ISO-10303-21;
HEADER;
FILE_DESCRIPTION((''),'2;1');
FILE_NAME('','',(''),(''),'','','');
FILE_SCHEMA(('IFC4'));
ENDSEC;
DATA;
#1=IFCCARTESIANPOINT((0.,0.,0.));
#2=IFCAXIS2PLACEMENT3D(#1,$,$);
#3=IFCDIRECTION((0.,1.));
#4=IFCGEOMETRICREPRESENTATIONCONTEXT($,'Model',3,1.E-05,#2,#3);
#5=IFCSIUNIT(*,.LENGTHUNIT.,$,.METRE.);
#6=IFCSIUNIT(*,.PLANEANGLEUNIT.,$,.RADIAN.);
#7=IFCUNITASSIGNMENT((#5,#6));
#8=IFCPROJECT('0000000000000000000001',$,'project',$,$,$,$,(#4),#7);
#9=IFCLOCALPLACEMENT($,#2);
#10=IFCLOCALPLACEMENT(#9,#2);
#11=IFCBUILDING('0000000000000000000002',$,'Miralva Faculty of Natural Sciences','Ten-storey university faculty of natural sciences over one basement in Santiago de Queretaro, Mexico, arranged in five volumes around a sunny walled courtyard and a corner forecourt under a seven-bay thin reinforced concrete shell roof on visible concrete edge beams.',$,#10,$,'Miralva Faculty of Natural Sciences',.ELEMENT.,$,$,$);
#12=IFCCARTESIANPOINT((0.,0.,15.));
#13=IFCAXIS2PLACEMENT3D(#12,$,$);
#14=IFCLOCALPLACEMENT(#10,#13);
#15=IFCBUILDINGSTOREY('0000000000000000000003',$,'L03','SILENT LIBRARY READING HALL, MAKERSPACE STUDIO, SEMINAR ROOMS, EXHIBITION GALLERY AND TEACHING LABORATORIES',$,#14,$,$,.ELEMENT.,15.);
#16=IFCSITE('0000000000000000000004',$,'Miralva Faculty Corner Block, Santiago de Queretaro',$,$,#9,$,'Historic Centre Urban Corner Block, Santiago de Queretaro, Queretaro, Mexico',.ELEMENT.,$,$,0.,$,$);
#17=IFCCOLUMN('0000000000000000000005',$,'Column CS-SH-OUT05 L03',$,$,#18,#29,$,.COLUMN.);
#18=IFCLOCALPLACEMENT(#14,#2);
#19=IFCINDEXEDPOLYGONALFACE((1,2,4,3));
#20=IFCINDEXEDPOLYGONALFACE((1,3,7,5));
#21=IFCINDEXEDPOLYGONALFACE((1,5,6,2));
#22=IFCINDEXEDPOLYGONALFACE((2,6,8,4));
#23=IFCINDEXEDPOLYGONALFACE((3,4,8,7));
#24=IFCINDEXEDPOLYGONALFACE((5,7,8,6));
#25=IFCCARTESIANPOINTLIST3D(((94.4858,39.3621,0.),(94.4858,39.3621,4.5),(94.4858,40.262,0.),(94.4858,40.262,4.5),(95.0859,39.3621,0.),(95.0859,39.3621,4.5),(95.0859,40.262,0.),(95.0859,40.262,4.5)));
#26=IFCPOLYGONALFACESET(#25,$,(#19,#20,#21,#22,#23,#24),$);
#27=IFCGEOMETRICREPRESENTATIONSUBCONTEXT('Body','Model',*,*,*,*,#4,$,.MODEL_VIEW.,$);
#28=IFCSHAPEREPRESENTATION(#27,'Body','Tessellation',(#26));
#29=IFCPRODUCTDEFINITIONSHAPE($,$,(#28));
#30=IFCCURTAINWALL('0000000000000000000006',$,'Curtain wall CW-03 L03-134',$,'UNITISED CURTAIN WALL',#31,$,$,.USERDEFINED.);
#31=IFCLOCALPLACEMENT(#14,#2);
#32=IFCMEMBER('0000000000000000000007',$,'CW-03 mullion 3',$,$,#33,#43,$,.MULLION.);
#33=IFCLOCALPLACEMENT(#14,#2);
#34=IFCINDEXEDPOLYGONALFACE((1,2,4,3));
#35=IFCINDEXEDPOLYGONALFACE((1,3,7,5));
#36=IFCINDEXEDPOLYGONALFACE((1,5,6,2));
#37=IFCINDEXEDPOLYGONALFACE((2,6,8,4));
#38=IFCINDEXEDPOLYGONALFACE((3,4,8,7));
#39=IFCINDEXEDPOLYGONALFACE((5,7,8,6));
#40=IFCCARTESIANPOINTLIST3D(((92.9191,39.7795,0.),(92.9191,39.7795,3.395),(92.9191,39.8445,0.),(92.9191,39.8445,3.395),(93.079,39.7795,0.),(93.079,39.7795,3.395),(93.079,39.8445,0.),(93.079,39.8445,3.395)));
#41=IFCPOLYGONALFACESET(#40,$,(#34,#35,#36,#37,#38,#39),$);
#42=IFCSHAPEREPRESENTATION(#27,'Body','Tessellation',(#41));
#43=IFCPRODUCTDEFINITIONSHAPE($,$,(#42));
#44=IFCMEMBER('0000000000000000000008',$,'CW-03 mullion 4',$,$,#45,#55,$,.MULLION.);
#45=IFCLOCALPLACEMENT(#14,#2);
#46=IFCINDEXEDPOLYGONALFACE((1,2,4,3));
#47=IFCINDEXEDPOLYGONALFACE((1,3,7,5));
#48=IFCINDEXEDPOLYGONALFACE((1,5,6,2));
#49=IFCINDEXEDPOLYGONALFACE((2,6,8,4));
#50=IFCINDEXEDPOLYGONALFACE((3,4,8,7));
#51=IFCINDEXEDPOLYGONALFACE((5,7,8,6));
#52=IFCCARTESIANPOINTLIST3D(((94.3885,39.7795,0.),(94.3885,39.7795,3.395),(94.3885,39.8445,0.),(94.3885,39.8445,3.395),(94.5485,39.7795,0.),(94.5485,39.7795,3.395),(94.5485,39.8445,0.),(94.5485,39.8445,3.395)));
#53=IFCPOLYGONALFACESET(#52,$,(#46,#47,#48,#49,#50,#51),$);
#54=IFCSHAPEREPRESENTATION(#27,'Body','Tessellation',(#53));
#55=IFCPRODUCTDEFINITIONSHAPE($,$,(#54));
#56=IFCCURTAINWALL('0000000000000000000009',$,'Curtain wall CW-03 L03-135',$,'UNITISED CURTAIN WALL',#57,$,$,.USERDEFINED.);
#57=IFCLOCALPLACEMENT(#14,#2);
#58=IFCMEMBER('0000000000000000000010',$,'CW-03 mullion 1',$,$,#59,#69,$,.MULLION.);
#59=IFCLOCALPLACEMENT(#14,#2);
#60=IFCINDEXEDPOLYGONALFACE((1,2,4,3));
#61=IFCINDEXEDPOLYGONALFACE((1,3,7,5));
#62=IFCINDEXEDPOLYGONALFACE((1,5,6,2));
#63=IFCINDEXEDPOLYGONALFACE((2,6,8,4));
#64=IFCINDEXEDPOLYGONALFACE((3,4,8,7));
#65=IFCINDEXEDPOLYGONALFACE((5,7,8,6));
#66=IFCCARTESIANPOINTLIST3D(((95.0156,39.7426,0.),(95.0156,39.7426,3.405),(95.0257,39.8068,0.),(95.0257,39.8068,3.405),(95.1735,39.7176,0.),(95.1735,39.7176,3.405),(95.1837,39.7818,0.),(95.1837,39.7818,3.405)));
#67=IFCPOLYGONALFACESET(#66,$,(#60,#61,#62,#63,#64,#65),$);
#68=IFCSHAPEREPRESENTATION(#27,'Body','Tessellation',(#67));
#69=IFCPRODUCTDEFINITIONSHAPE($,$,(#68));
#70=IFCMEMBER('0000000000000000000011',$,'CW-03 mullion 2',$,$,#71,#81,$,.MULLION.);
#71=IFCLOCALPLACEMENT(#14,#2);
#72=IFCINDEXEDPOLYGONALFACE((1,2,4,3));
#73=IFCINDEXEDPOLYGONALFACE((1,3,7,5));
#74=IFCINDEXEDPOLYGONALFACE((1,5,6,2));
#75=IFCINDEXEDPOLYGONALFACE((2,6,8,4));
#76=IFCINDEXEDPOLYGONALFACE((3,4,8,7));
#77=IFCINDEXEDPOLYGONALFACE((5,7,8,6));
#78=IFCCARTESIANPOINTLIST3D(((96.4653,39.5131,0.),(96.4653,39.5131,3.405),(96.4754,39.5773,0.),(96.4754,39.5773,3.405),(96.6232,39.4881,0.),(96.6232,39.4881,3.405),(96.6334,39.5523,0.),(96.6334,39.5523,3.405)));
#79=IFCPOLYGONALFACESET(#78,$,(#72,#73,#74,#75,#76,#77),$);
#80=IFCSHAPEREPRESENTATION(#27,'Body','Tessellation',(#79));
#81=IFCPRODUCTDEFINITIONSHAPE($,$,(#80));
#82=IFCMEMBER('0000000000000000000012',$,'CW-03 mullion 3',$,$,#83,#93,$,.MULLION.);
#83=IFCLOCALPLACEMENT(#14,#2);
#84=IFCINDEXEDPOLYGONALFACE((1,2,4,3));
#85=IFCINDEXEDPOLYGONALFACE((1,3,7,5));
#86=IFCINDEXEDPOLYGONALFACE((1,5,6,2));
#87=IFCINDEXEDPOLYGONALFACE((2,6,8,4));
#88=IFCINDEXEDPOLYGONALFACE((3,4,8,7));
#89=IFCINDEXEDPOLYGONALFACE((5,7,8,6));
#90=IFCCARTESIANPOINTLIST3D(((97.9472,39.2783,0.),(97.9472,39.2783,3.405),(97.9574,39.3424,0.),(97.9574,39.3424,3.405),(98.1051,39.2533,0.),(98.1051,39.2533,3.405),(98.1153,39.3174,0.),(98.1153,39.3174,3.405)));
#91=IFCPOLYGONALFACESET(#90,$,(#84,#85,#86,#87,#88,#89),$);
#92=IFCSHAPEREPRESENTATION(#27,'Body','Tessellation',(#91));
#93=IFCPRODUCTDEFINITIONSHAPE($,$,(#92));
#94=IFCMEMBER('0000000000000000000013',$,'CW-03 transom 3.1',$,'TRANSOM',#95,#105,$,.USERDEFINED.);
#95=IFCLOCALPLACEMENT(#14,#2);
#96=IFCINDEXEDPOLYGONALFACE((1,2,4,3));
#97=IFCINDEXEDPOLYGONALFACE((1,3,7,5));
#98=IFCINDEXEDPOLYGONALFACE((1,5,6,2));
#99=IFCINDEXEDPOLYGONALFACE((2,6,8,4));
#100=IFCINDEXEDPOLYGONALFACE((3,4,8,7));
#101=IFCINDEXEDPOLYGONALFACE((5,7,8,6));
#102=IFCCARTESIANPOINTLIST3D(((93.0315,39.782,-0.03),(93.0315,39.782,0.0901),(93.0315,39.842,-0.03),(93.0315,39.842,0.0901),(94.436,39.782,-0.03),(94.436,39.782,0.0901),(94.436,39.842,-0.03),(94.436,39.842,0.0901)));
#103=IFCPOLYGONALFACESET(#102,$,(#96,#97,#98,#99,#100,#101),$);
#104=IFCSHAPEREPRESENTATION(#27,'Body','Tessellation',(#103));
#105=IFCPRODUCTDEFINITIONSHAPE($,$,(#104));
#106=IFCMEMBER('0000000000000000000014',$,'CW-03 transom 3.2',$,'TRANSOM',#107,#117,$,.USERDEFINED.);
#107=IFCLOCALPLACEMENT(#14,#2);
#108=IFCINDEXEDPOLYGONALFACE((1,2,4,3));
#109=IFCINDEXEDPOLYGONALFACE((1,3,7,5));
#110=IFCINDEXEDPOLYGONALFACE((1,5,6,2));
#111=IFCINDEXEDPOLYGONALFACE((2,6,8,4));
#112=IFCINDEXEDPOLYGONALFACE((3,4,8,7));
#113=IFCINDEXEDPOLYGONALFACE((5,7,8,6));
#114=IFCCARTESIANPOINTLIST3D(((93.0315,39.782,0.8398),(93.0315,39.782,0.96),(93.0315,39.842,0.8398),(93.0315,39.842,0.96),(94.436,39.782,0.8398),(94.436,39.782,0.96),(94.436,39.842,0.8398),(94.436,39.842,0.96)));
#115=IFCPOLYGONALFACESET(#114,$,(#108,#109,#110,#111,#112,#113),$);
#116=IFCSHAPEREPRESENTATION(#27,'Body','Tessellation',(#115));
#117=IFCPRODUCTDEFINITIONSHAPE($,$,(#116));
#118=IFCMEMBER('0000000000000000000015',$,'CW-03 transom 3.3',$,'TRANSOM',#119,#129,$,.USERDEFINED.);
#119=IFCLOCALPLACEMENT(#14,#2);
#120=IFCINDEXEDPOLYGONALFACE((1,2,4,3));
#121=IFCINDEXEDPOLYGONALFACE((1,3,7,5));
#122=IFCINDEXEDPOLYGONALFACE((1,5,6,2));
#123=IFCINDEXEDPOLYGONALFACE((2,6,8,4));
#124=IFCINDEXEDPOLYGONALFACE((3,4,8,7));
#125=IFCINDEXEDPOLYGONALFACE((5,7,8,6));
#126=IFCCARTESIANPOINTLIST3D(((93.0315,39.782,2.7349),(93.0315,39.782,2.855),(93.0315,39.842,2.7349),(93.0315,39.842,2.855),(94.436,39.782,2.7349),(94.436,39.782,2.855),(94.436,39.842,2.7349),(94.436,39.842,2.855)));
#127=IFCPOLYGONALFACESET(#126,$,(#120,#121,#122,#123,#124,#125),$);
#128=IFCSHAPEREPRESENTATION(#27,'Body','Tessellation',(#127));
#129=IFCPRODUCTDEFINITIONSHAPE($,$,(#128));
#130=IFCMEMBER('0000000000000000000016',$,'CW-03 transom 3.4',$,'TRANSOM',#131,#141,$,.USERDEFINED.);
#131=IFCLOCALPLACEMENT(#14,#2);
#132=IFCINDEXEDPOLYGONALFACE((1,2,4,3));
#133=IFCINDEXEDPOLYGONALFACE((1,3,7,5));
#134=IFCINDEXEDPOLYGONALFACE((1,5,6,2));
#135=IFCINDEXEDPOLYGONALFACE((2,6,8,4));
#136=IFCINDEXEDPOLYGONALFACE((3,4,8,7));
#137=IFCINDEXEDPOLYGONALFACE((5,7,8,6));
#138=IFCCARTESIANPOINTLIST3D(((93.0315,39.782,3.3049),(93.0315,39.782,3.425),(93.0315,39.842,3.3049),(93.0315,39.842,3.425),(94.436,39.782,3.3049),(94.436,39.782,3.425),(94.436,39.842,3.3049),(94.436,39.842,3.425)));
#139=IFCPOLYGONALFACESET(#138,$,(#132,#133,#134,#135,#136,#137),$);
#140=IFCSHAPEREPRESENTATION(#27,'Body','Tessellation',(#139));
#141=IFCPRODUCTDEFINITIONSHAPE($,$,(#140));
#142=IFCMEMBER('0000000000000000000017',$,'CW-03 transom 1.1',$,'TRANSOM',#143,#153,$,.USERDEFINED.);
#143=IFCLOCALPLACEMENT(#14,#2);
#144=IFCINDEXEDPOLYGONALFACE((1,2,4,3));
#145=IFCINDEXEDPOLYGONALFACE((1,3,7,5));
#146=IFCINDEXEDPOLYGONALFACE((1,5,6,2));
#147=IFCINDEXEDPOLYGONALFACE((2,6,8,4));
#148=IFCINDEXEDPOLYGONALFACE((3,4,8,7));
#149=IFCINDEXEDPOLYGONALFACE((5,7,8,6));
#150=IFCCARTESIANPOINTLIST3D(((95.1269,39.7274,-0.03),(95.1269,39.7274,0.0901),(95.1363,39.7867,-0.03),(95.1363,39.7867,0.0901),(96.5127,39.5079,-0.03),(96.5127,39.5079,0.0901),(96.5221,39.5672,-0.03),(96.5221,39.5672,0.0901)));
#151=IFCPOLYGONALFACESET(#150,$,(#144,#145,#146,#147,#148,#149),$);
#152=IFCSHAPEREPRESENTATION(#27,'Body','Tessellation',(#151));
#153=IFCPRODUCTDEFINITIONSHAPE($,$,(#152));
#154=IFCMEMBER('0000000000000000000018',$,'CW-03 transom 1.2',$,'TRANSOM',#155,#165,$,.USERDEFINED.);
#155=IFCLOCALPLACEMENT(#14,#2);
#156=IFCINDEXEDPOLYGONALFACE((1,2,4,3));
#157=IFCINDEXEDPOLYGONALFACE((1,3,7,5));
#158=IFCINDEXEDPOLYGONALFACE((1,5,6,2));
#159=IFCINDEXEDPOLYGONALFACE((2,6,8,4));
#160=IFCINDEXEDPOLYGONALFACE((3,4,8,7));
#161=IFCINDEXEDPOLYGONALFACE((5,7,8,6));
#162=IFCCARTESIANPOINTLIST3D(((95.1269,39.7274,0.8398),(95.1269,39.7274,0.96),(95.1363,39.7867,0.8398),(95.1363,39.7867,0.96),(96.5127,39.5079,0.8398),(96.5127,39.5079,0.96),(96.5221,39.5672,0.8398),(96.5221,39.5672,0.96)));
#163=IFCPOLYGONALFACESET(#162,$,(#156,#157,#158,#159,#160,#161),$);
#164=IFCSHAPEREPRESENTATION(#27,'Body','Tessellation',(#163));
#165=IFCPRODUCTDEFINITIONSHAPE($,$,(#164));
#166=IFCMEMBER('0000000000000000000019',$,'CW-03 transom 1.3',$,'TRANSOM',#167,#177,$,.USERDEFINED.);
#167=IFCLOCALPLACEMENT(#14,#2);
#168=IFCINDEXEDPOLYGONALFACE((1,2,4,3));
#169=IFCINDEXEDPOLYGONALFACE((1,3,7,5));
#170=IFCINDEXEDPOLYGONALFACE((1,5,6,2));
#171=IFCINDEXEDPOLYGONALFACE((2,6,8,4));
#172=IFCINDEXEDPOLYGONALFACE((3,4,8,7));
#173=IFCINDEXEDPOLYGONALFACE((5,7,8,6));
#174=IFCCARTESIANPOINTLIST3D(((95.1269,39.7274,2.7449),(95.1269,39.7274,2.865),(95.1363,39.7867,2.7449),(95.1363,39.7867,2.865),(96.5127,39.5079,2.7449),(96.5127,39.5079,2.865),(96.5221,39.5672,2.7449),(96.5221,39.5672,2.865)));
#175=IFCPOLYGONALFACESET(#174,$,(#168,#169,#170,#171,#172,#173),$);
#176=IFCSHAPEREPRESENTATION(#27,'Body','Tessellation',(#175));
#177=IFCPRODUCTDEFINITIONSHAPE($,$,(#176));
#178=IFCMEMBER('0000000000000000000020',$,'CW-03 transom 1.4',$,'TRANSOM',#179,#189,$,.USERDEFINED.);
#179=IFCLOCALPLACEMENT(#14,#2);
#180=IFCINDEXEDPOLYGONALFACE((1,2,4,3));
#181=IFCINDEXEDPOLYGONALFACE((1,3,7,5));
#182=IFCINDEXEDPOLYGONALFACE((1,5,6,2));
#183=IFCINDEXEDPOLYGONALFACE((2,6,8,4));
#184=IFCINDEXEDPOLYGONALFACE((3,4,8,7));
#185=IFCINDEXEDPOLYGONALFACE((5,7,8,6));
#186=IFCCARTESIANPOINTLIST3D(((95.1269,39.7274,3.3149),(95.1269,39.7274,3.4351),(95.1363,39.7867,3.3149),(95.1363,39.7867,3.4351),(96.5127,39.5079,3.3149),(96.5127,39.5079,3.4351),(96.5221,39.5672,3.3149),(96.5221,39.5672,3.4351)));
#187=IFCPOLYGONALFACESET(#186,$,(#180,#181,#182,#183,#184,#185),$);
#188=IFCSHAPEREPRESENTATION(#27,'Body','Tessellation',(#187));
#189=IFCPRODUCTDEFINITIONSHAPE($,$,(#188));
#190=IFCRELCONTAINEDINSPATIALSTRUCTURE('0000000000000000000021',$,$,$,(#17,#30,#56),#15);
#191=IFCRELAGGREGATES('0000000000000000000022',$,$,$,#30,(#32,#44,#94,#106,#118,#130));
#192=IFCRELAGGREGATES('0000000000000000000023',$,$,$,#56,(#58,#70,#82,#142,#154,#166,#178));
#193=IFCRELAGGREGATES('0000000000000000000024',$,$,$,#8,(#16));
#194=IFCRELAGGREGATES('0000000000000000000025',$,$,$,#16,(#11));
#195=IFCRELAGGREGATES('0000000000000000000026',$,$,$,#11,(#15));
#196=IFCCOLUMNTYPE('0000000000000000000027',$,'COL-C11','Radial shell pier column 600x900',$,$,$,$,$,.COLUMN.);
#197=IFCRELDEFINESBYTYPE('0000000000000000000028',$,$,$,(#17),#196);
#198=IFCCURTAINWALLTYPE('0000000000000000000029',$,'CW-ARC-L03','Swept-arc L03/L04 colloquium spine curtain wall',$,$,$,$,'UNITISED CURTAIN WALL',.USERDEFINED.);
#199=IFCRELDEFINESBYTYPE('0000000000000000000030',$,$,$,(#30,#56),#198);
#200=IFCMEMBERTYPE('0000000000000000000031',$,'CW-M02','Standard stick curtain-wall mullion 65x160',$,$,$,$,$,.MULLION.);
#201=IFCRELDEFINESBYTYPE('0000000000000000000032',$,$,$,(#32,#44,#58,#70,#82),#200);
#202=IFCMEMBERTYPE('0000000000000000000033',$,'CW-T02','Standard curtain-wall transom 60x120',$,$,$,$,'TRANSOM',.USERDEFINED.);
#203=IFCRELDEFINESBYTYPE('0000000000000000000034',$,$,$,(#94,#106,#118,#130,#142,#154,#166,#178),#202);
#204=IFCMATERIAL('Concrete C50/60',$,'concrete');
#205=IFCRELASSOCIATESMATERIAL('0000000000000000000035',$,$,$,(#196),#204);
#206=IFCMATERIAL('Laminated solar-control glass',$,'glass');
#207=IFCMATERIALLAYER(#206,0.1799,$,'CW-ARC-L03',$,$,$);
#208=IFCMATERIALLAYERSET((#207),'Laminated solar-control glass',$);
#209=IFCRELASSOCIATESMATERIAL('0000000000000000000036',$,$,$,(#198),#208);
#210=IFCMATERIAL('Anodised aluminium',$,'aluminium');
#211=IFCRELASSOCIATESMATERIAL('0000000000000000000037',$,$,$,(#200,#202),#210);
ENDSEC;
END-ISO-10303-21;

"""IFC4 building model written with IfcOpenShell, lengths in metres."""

from ifc_helpers import new_model, si_unit, direction, frame, origin, origin_2d, place, context, subcontext, project, spatial, rectangle, extrude, material, layer, layer_set, material_profile, profile_set, type_object, element, aggregate, save


model = new_model("IFC4")

# Units and contexts
model_context = context("Model", 3, precision=1e-05, world=origin(), true_north=direction((0.0, 1.0)))
body_context = subcontext(model_context, "Body", "Model", "MODEL_VIEW")
ifc_project = project(units=[si_unit("LENGTHUNIT", "METRE"), si_unit("PLANEANGLEUNIT", "RADIAN")], contexts=[model_context])

# Site, building, storey
site_placement = place(None, origin())
site = spatial("IfcSite", under=ifc_project, at=site_placement, Name="Miralva Faculty Corner Block, Santiago de Queretaro", LongName="Historic Centre Urban Corner Block, Santiago de Queretaro, Queretaro, Mexico", CompositionType="ELEMENT", RefElevation=0.0)
building_placement = place(site_placement, origin())
building = spatial("IfcBuilding", under=site, at=building_placement, Name="Miralva Faculty of Natural Sciences", Description="Ten-storey university faculty of natural sciences over one basement in Santiago de Queretaro, Mexico, arranged in five volumes around a sunny walled courtyard and a corner forecourt under a seven-bay thin reinforced concrete shell roof on visible concrete edge beams.", LongName="Miralva Faculty of Natural Sciences", CompositionType="ELEMENT")
storey_placement = place(building_placement, frame((0.0, 0.0, 15.0)))
storey = spatial("IfcBuildingStorey", under=building, at=storey_placement, Name="L03", Description="SILENT LIBRARY READING HALL, MAKERSPACE STUDIO, SEMINAR ROOMS, EXHIBITION GALLERY AND TEACHING LABORATORIES", CompositionType="ELEMENT", Elevation=15.0)

# Column
ifc_material_1 = material(Name="Concrete C50/60", Category="concrete")
ifc_material_profile_1 = material_profile(ifc_material_1, rectangle(XDim=0.6001, YDim=0.8999, at=origin_2d()), Name="RC 600x900")
ifc_profile_set_1 = profile_set([ifc_material_profile_1], Name="Concrete C50/60")
column_type = type_object("IfcColumnType", Name="COL-C11", Description="Radial shell pier column 600x900", PredefinedType="COLUMN", material=ifc_profile_set_1)
column_placement = place(storey_placement, frame((94.7859, 39.812, 0.0), z_axis=(0.0, 0.0, 1.0), x_axis=(1.0, 0.0, 0.0)))
element("IfcColumn", 1, at=column_placement, inside=storey, type_object=column_type, Name="Column CS-SH-OUT05 L03", PredefinedType="COLUMN", context=body_context, shape_type="SweptSolid", body=[
    extrude(rectangle(XDim=0.6001, YDim=0.8999, at=origin_2d()), origin(), (0.0, 0.0, 1.0), 4.5),
])

# Curtain walls, members
ifc_material_2 = material(Name="Laminated solar-control glass", Category="glass")
ifc_layer_1 = layer(ifc_material_2, 0.1799, Name="CW-ARC-L03")
ifc_layer_set_1 = layer_set([ifc_layer_1], Name="Laminated solar-control glass")
curtain_wall_type = type_object("IfcCurtainWallType", Name="CW-ARC-L03", Description="Swept-arc L03/L04 colloquium spine curtain wall", ElementType="UNITISED CURTAIN WALL", PredefinedType="USERDEFINED", material=ifc_layer_set_1)
curtain_wall_1_placement = place(storey_placement, origin())
curtain_wall_1 = element("IfcCurtainWall", 2, at=curtain_wall_1_placement, inside=storey, type_object=curtain_wall_type, Name="Curtain wall CW-03 L03-134", ObjectType="UNITISED CURTAIN WALL", PredefinedType="USERDEFINED")
ifc_material_3 = material(Name="Anodised aluminium", Category="aluminium")
ifc_material_profile_2 = material_profile(ifc_material_3, rectangle(XDim=0.0649, YDim=0.1599, at=origin_2d()), Name="MULLION 65x160")
ifc_profile_set_2 = profile_set([ifc_material_profile_2], Name="Anodised aluminium")
member_type_1 = type_object("IfcMemberType", Name="CW-M02", Description="Standard stick curtain-wall mullion 65x160", PredefinedType="MULLION", material=ifc_profile_set_2)
member_1_placement = place(storey_placement, frame((92.999, 39.812, 0.0), z_axis=(0.0, 0.0, 1.0), x_axis=(0.0, 1.0, 0.0)))
member_1 = element("IfcMember", 3, at=member_1_placement, type_object=member_type_1, Name="CW-03 mullion 3", PredefinedType="MULLION", context=body_context, shape_type="SweptSolid", body=[
    extrude(rectangle(XDim=0.0649, YDim=0.1599, at=origin_2d()), origin(), (0.0, 0.0, 1.0), 3.395),
])
member_2_placement = place(storey_placement, frame((94.4685, 39.812, 0.0), z_axis=(0.0, 0.0, 1.0), x_axis=(0.0, 1.0, 0.0)))
member_2 = element("IfcMember", 4, at=member_2_placement, type_object=member_type_1, Name="CW-03 mullion 4", PredefinedType="MULLION", context=body_context, shape_type="SweptSolid", body=[
    extrude(rectangle(XDim=0.0649, YDim=0.1599, at=origin_2d()), origin(), (0.0, 0.0, 1.0), 3.395),
])
curtain_wall_2_placement = place(storey_placement, origin())
curtain_wall_2 = element("IfcCurtainWall", 5, at=curtain_wall_2_placement, inside=storey, type_object=curtain_wall_type, Name="Curtain wall CW-03 L03-135", ObjectType="UNITISED CURTAIN WALL", PredefinedType="USERDEFINED")
member_3_placement = place(storey_placement, frame((95.0996, 39.7622, 0.0), z_axis=(0.0, 0.0, 1.0), x_axis=(0.15641, 0.987692, 0.0)))
member_3 = element("IfcMember", 6, at=member_3_placement, type_object=member_type_1, Name="CW-03 mullion 1", PredefinedType="MULLION", context=body_context, shape_type="SweptSolid", body=[
    extrude(rectangle(XDim=0.0649, YDim=0.1599, at=origin_2d()), origin(), (0.0, 0.0, 1.0), 3.405),
])
member_4_placement = place(storey_placement, frame((96.5493, 39.5327, 0.0), z_axis=(0.0, 0.0, 1.0), x_axis=(0.15641, 0.987692, 0.0)))
member_4 = element("IfcMember", 7, at=member_4_placement, type_object=member_type_1, Name="CW-03 mullion 2", PredefinedType="MULLION", context=body_context, shape_type="SweptSolid", body=[
    extrude(rectangle(XDim=0.0649, YDim=0.1599, at=origin_2d()), origin(), (0.0, 0.0, 1.0), 3.405),
])
member_5_placement = place(storey_placement, frame((98.0312, 39.2979, 0.0), z_axis=(0.0, 0.0, 1.0), x_axis=(0.15641, 0.987692, 0.0)))
member_5 = element("IfcMember", 8, at=member_5_placement, type_object=member_type_1, Name="CW-03 mullion 3", PredefinedType="MULLION", context=body_context, shape_type="SweptSolid", body=[
    extrude(rectangle(XDim=0.0649, YDim=0.1599, at=origin_2d()), origin(), (0.0, 0.0, 1.0), 3.405),
])

# Members
ifc_material_profile_3 = material_profile(ifc_material_3, rectangle(XDim=0.0601, YDim=0.1201, at=origin_2d()), Name="TRANSOM 60x120")
ifc_profile_set_3 = profile_set([ifc_material_profile_3], Name="Anodised aluminium")
member_type_2 = type_object("IfcMemberType", Name="CW-T02", Description="Standard curtain-wall transom 60x120", ElementType="TRANSOM", PredefinedType="USERDEFINED", material=ifc_profile_set_3)
member_6_placement = place(storey_placement, frame((93.0315, 39.812, 0.03), z_axis=(1.0, 0.0, 0.0), x_axis=(0.0, 1.0, 0.0)))
member_6 = element("IfcMember", 9, at=member_6_placement, type_object=member_type_2, Name="CW-03 transom 3.1", ObjectType="TRANSOM", PredefinedType="USERDEFINED", context=body_context, shape_type="SweptSolid", body=[
    extrude(rectangle(XDim=0.0601, YDim=0.1201, at=origin_2d()), origin(), (0.0, 0.0, 1.0), 1.4045),
])
member_7_placement = place(storey_placement, frame((93.0315, 39.812, 0.8999), z_axis=(1.0, 0.0, 0.0), x_axis=(0.0, 1.0, 0.0)))
member_7 = element("IfcMember", 10, at=member_7_placement, type_object=member_type_2, Name="CW-03 transom 3.2", ObjectType="TRANSOM", PredefinedType="USERDEFINED", context=body_context, shape_type="SweptSolid", body=[
    extrude(rectangle(XDim=0.0601, YDim=0.1201, at=origin_2d()), origin(), (0.0, 0.0, 1.0), 1.4045),
])
member_8_placement = place(storey_placement, frame((93.0315, 39.812, 2.7949), z_axis=(1.0, 0.0, 0.0), x_axis=(0.0, 1.0, 0.0)))
member_8 = element("IfcMember", 11, at=member_8_placement, type_object=member_type_2, Name="CW-03 transom 3.3", ObjectType="TRANSOM", PredefinedType="USERDEFINED", context=body_context, shape_type="SweptSolid", body=[
    extrude(rectangle(XDim=0.0601, YDim=0.1201, at=origin_2d()), origin(), (0.0, 0.0, 1.0), 1.4045),
])
member_9_placement = place(storey_placement, frame((93.0315, 39.812, 3.365), z_axis=(1.0, 0.0, 0.0), x_axis=(0.0, 1.0, 0.0)))
member_9 = element("IfcMember", 12, at=member_9_placement, type_object=member_type_2, Name="CW-03 transom 3.4", ObjectType="TRANSOM", PredefinedType="USERDEFINED", context=body_context, shape_type="SweptSolid", body=[
    extrude(rectangle(XDim=0.0601, YDim=0.1201, at=origin_2d()), origin(), (0.0, 0.0, 1.0), 1.4045),
])
member_10_placement = place(storey_placement, frame((95.1316, 39.7571, 0.03), z_axis=(0.987688, -0.156436, 0.0), x_axis=(0.156436, 0.987688, 0.0)))
member_10 = element("IfcMember", 13, at=member_10_placement, type_object=member_type_2, Name="CW-03 transom 1.1", ObjectType="TRANSOM", PredefinedType="USERDEFINED", context=body_context, shape_type="SweptSolid", body=[
    extrude(rectangle(XDim=0.0601, YDim=0.1201, at=origin_2d()), origin(), (0.0, 0.0, 1.0), 1.4031),
])
member_11_placement = place(storey_placement, frame((95.1316, 39.7571, 0.8999), z_axis=(0.987688, -0.156436, 0.0), x_axis=(0.156436, 0.987688, 0.0)))
member_11 = element("IfcMember", 14, at=member_11_placement, type_object=member_type_2, Name="CW-03 transom 1.2", ObjectType="TRANSOM", PredefinedType="USERDEFINED", context=body_context, shape_type="SweptSolid", body=[
    extrude(rectangle(XDim=0.0601, YDim=0.1201, at=origin_2d()), origin(), (0.0, 0.0, 1.0), 1.4031),
])
member_12_placement = place(storey_placement, frame((95.1316, 39.7571, 2.8049), z_axis=(0.987688, -0.156436, 0.0), x_axis=(0.156436, 0.987688, 0.0)))
member_12 = element("IfcMember", 15, at=member_12_placement, type_object=member_type_2, Name="CW-03 transom 1.3", ObjectType="TRANSOM", PredefinedType="USERDEFINED", context=body_context, shape_type="SweptSolid", body=[
    extrude(rectangle(XDim=0.0601, YDim=0.1201, at=origin_2d()), origin(), (0.0, 0.0, 1.0), 1.4031),
])
member_13_placement = place(storey_placement, frame((95.1316, 39.7571, 3.375), z_axis=(0.987688, -0.156436, 0.0), x_axis=(0.156436, 0.987688, 0.0)))
member_13 = element("IfcMember", 16, at=member_13_placement, type_object=member_type_2, Name="CW-03 transom 1.4", ObjectType="TRANSOM", PredefinedType="USERDEFINED", context=body_context, shape_type="SweptSolid", body=[
    extrude(rectangle(XDim=0.0601, YDim=0.1201, at=origin_2d()), origin(), (0.0, 0.0, 1.0), 1.4031),
])

aggregate(curtain_wall_1, [member_1, member_2, member_6, member_7, member_8, member_9])
aggregate(curtain_wall_2, [member_3, member_4, member_5, member_10, member_11, member_12, member_13])

save(model, "model.ifc")
